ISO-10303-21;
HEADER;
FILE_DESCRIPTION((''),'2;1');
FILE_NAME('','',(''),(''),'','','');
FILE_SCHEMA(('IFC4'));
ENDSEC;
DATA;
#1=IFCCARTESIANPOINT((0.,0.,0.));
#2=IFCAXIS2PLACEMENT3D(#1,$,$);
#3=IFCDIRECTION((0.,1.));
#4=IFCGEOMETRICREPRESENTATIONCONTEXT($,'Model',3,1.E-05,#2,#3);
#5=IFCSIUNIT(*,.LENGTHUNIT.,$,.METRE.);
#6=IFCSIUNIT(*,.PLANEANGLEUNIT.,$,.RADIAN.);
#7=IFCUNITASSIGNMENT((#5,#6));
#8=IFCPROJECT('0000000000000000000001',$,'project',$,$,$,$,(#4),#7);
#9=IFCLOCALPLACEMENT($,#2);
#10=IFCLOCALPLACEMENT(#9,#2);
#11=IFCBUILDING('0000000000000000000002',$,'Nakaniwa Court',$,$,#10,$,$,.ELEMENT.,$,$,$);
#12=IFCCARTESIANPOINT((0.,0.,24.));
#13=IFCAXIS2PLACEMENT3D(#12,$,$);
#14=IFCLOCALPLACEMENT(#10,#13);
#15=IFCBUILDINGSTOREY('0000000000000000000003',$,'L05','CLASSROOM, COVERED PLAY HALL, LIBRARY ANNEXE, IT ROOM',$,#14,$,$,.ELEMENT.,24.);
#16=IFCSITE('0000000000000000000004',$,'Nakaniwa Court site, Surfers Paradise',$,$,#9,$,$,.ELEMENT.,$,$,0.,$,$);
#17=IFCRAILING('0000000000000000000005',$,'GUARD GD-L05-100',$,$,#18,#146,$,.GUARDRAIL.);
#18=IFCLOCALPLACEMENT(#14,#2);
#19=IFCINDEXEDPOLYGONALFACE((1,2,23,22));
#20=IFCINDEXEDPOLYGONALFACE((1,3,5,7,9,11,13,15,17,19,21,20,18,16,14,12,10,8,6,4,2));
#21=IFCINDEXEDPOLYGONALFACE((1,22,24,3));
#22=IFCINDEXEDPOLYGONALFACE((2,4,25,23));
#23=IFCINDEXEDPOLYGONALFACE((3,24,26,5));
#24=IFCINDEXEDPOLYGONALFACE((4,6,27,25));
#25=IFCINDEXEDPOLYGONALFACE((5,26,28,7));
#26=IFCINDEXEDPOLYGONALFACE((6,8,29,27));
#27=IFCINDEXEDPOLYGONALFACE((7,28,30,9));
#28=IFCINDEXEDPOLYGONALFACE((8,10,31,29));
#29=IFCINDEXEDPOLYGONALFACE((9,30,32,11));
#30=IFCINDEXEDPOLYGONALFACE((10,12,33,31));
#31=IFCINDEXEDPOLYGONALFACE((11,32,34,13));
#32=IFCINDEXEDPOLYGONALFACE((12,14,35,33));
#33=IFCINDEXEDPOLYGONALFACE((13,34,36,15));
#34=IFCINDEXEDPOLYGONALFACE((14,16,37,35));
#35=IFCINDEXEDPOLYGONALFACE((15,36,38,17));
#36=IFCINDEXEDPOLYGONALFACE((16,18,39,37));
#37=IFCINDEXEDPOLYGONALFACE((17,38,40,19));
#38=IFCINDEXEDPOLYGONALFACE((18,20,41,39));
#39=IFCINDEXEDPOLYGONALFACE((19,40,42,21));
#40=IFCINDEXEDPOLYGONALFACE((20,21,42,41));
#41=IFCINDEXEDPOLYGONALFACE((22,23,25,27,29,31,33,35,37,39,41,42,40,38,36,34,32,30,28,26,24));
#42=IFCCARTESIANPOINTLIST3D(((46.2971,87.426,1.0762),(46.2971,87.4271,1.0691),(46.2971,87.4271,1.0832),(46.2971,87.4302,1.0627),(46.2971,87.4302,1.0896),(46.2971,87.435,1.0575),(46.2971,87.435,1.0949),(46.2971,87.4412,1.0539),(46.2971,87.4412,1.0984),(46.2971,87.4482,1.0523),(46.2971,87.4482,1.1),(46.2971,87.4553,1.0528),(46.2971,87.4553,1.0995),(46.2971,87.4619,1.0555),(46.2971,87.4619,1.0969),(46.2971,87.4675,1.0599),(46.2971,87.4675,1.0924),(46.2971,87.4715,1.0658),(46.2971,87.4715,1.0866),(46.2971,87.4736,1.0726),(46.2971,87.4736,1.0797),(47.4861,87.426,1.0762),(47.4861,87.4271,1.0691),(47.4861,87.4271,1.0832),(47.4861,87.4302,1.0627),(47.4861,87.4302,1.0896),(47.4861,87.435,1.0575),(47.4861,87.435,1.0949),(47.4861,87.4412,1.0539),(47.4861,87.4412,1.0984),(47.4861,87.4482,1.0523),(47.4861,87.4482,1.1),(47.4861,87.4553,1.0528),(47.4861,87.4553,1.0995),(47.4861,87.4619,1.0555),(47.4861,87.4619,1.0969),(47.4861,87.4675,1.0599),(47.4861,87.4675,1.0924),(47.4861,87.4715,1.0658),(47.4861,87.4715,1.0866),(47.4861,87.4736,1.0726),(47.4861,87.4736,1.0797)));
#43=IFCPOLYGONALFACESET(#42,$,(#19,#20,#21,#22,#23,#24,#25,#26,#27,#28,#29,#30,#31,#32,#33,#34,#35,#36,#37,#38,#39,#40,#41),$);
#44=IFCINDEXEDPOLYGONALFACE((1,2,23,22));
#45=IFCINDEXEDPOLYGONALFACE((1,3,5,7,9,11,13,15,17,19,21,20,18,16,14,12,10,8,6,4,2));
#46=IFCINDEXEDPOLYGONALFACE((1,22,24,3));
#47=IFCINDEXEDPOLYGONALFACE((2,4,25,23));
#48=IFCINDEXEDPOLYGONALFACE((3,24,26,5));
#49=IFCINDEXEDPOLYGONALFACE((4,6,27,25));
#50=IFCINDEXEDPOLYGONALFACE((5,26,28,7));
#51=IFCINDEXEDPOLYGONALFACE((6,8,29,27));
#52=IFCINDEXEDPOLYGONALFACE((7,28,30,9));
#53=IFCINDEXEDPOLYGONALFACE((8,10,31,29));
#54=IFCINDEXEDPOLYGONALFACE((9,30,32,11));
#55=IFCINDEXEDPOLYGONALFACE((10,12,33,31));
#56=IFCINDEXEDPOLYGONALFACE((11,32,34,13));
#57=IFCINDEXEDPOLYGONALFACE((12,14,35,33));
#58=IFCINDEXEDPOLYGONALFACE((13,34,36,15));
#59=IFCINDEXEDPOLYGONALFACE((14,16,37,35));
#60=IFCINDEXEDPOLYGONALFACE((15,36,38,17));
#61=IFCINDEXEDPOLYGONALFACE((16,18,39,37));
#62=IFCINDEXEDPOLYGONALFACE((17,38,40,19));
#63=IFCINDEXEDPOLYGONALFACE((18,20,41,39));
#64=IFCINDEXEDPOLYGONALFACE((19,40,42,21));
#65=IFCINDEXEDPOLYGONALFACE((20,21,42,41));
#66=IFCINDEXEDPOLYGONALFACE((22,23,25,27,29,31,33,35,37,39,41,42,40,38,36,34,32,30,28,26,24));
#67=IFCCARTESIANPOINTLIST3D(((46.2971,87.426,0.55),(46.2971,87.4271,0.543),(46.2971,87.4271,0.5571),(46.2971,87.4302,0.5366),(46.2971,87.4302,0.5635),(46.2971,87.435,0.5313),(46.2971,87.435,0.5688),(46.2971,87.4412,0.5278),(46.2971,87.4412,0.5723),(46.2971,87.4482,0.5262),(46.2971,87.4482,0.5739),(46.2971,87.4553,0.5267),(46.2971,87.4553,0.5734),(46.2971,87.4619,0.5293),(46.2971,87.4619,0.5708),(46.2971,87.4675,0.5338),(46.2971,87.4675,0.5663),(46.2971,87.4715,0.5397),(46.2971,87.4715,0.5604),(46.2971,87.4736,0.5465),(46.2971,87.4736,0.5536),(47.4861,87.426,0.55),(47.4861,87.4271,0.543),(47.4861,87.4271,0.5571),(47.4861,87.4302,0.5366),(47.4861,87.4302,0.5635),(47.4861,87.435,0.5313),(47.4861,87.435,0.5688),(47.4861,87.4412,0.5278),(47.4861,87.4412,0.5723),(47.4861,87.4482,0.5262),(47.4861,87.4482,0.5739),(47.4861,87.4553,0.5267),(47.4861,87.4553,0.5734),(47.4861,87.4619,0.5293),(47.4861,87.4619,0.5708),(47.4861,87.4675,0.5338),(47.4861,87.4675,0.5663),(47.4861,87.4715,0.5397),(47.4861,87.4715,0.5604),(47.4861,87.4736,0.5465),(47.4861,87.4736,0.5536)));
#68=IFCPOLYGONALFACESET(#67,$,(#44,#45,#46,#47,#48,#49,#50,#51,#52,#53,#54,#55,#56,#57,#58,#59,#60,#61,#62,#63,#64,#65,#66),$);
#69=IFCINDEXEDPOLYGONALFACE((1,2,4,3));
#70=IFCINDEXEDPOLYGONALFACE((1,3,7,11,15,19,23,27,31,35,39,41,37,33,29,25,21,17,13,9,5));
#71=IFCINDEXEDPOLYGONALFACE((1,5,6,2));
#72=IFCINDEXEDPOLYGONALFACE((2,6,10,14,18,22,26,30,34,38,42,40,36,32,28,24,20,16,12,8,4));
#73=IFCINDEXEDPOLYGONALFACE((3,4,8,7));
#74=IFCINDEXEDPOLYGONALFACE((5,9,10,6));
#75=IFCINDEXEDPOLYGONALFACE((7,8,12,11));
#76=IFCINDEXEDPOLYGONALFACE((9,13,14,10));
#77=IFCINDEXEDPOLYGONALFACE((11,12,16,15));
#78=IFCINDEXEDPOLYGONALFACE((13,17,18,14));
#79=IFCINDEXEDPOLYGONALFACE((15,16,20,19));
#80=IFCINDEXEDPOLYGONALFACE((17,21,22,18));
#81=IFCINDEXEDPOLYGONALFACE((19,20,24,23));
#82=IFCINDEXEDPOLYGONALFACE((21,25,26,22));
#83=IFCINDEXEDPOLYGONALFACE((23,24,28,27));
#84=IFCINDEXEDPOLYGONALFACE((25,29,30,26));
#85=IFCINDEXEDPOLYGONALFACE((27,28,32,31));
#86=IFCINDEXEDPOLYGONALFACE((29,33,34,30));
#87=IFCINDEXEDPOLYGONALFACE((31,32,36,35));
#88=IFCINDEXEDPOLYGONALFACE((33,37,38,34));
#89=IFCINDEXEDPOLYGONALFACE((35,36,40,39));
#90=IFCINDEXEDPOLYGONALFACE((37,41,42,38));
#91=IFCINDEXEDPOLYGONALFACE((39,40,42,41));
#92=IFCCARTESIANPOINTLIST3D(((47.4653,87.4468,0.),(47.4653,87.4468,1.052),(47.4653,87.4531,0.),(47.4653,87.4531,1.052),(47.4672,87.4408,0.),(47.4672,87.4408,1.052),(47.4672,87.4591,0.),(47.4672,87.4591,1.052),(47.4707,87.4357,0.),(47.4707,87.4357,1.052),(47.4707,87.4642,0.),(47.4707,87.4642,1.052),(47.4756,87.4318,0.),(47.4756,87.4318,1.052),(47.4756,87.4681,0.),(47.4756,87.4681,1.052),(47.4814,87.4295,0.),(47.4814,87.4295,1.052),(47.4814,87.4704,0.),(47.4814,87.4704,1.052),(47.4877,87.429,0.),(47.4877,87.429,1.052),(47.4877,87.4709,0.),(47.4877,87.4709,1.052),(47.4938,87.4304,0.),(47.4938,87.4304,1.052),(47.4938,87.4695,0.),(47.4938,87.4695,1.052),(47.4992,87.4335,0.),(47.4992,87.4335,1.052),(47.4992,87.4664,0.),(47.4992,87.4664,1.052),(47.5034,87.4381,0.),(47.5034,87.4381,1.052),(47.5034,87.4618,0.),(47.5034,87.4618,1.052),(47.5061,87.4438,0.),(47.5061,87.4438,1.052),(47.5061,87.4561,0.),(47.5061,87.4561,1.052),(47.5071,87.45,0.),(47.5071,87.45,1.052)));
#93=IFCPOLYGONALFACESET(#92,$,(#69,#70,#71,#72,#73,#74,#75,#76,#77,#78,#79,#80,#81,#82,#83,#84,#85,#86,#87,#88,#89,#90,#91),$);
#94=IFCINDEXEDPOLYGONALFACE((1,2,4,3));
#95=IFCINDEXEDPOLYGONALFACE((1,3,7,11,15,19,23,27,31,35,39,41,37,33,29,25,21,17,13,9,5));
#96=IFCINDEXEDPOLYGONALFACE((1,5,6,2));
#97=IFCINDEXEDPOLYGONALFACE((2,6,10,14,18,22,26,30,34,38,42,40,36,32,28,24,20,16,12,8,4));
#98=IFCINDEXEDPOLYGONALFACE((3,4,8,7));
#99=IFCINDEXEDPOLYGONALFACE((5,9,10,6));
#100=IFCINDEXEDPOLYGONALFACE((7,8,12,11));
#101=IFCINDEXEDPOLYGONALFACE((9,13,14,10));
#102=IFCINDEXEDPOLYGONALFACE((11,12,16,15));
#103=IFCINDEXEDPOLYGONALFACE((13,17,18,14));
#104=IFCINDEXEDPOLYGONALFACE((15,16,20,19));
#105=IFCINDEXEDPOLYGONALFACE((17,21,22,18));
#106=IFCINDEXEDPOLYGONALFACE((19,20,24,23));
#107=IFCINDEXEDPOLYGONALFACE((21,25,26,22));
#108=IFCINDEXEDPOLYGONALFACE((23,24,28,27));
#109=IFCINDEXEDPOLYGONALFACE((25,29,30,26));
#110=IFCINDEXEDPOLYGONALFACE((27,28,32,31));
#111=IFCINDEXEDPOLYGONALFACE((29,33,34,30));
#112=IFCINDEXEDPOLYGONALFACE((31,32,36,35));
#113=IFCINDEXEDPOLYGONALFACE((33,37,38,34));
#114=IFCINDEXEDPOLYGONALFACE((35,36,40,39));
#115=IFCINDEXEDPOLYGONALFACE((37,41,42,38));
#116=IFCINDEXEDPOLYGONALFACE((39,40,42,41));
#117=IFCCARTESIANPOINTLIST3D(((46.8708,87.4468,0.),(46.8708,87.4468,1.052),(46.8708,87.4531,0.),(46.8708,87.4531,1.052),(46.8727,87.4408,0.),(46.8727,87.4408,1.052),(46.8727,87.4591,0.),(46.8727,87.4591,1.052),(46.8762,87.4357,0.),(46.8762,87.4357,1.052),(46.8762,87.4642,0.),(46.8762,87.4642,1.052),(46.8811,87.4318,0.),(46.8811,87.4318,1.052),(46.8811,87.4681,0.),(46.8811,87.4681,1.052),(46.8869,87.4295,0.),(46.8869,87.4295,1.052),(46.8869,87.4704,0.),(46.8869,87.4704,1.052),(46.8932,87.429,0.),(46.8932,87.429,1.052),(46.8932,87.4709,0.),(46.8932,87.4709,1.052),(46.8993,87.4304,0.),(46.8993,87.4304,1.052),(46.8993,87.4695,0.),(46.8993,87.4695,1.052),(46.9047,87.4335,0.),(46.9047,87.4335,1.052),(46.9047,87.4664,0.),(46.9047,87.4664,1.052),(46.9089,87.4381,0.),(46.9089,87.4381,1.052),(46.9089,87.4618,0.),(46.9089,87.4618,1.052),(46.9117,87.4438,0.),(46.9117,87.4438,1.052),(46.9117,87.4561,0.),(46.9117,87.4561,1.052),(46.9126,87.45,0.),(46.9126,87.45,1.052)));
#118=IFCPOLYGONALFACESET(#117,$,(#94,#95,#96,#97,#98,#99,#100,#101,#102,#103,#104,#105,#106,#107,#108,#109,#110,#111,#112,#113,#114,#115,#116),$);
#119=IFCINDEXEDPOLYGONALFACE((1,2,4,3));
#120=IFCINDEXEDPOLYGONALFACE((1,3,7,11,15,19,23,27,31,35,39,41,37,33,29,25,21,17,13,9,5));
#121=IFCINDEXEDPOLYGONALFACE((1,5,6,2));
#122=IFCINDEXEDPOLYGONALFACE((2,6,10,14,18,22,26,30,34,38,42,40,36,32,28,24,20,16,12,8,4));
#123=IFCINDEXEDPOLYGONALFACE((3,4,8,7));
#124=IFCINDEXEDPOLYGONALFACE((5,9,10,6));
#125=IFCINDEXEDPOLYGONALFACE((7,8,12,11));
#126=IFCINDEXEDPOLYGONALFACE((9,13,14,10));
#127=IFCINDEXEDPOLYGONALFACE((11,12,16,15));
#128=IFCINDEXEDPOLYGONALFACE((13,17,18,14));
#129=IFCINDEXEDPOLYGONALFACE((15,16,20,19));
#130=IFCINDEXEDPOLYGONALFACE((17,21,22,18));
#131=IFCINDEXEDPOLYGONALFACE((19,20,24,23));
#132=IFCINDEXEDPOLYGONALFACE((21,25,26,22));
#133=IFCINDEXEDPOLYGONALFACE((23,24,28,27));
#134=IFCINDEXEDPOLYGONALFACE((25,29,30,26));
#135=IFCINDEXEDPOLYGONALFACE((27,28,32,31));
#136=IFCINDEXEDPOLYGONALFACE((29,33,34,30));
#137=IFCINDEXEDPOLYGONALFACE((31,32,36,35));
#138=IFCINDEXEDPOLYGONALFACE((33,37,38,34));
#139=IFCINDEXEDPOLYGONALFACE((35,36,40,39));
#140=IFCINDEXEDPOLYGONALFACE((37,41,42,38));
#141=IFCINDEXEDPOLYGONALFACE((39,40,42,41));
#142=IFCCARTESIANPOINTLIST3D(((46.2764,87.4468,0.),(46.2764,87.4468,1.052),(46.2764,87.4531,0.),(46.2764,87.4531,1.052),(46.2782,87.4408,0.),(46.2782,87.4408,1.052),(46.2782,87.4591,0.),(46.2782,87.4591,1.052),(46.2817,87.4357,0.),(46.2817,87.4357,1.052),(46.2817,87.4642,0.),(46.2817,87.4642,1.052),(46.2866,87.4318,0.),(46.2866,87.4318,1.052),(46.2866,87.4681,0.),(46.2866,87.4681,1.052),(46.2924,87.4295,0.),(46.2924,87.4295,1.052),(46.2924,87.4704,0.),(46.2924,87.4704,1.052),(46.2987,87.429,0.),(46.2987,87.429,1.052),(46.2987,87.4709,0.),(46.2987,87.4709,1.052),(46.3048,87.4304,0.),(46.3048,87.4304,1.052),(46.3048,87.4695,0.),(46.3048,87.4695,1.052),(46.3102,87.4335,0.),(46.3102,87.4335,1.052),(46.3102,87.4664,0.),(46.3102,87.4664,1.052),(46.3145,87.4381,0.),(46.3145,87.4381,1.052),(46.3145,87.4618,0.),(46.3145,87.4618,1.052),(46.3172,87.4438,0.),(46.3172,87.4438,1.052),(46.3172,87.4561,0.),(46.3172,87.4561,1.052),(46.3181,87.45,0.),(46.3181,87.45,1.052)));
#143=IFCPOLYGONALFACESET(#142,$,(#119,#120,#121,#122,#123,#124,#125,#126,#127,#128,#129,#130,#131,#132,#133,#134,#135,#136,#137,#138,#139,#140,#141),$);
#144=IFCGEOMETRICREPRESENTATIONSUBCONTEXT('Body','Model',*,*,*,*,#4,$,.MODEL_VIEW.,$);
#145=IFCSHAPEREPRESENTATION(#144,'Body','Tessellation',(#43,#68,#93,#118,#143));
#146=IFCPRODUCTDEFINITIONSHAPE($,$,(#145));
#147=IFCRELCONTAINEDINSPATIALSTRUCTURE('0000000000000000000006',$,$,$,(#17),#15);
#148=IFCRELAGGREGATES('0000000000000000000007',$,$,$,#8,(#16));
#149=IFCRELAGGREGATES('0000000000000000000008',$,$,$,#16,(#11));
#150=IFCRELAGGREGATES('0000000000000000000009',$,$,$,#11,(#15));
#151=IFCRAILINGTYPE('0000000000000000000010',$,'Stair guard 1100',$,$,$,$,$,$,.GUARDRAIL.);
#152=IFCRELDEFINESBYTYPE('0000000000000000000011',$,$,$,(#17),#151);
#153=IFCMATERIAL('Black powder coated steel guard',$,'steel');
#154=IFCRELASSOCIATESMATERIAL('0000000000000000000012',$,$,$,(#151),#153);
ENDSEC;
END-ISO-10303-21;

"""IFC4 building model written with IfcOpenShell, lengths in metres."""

from ifc_helpers import new_model, si_unit, direction, frame, origin, origin_2d, place, context, subcontext, project, spatial, circle, extrude, material, type_object, element, save


model = new_model("IFC4")

# Units and contexts
model_context = context("Model", 3, precision=1e-05, world=origin(), true_north=direction((0.0, 1.0)))
body_context = subcontext(model_context, "Body", "Model", "MODEL_VIEW")
ifc_project = project(units=[si_unit("LENGTHUNIT", "METRE"), si_unit("PLANEANGLEUNIT", "RADIAN")], contexts=[model_context])

# Site, building, storey
site_placement = place(None, origin())
site = spatial("IfcSite", under=ifc_project, at=site_placement, Name="Nakaniwa Court site, Surfers Paradise", CompositionType="ELEMENT", RefElevation=0.0)
building_placement = place(site_placement, origin())
building = spatial("IfcBuilding", under=site, at=building_placement, Name="Nakaniwa Court", CompositionType="ELEMENT")
storey_placement = place(building_placement, frame((0.0, 0.0, 24.0)))
storey = spatial("IfcBuildingStorey", under=building, at=storey_placement, Name="L05", Description="CLASSROOM, COVERED PLAY HALL, LIBRARY ANNEXE, IT ROOM", CompositionType="ELEMENT", Elevation=24.0)

# Railing
ifc_material_1 = material(Name="Black powder coated steel guard", Category="steel")
railing_type = type_object("IfcRailingType", Name="Stair guard 1100", PredefinedType="GUARDRAIL", material=ifc_material_1)
railing_1_placement = place(storey_placement, frame((47.4861, 87.45, 0.0)))
element("IfcRailing", 1, at=railing_1_placement, inside=storey, type_object=railing_type, Name="GUARD GD-L05-100", PredefinedType="GUARDRAIL", context=body_context, shape_type="SweptSolid", body=[
    extrude(circle(Radius=0.0239, at=origin_2d()), frame((0.0, 0.0, 1.0762), z_axis=(-1.0, 0.0, 0.0), x_axis=(0.0, -1.0, 0.0)), (0.0, 0.0, 1.0), 1.189),
    extrude(circle(Radius=0.0239, at=origin_2d()), frame((0.0, 0.0, 0.55), z_axis=(-1.0, 0.0, 0.0), x_axis=(0.0, -1.0, 0.0)), (0.0, 0.0, 1.0), 1.189),
    extrude(circle(Radius=0.021, at=origin_2d()), origin(), (0.0, 0.0, 1.0), 1.052),
    extrude(circle(Radius=0.021, at=origin_2d()), frame((-0.5945, 0.0, 0.0)), (0.0, 0.0, 1.0), 1.052),
    extrude(circle(Radius=0.021, at=origin_2d()), frame((-1.189, 0.0, 0.0)), (0.0, 0.0, 1.0), 1.052),
])

save(model, "model.ifc")
